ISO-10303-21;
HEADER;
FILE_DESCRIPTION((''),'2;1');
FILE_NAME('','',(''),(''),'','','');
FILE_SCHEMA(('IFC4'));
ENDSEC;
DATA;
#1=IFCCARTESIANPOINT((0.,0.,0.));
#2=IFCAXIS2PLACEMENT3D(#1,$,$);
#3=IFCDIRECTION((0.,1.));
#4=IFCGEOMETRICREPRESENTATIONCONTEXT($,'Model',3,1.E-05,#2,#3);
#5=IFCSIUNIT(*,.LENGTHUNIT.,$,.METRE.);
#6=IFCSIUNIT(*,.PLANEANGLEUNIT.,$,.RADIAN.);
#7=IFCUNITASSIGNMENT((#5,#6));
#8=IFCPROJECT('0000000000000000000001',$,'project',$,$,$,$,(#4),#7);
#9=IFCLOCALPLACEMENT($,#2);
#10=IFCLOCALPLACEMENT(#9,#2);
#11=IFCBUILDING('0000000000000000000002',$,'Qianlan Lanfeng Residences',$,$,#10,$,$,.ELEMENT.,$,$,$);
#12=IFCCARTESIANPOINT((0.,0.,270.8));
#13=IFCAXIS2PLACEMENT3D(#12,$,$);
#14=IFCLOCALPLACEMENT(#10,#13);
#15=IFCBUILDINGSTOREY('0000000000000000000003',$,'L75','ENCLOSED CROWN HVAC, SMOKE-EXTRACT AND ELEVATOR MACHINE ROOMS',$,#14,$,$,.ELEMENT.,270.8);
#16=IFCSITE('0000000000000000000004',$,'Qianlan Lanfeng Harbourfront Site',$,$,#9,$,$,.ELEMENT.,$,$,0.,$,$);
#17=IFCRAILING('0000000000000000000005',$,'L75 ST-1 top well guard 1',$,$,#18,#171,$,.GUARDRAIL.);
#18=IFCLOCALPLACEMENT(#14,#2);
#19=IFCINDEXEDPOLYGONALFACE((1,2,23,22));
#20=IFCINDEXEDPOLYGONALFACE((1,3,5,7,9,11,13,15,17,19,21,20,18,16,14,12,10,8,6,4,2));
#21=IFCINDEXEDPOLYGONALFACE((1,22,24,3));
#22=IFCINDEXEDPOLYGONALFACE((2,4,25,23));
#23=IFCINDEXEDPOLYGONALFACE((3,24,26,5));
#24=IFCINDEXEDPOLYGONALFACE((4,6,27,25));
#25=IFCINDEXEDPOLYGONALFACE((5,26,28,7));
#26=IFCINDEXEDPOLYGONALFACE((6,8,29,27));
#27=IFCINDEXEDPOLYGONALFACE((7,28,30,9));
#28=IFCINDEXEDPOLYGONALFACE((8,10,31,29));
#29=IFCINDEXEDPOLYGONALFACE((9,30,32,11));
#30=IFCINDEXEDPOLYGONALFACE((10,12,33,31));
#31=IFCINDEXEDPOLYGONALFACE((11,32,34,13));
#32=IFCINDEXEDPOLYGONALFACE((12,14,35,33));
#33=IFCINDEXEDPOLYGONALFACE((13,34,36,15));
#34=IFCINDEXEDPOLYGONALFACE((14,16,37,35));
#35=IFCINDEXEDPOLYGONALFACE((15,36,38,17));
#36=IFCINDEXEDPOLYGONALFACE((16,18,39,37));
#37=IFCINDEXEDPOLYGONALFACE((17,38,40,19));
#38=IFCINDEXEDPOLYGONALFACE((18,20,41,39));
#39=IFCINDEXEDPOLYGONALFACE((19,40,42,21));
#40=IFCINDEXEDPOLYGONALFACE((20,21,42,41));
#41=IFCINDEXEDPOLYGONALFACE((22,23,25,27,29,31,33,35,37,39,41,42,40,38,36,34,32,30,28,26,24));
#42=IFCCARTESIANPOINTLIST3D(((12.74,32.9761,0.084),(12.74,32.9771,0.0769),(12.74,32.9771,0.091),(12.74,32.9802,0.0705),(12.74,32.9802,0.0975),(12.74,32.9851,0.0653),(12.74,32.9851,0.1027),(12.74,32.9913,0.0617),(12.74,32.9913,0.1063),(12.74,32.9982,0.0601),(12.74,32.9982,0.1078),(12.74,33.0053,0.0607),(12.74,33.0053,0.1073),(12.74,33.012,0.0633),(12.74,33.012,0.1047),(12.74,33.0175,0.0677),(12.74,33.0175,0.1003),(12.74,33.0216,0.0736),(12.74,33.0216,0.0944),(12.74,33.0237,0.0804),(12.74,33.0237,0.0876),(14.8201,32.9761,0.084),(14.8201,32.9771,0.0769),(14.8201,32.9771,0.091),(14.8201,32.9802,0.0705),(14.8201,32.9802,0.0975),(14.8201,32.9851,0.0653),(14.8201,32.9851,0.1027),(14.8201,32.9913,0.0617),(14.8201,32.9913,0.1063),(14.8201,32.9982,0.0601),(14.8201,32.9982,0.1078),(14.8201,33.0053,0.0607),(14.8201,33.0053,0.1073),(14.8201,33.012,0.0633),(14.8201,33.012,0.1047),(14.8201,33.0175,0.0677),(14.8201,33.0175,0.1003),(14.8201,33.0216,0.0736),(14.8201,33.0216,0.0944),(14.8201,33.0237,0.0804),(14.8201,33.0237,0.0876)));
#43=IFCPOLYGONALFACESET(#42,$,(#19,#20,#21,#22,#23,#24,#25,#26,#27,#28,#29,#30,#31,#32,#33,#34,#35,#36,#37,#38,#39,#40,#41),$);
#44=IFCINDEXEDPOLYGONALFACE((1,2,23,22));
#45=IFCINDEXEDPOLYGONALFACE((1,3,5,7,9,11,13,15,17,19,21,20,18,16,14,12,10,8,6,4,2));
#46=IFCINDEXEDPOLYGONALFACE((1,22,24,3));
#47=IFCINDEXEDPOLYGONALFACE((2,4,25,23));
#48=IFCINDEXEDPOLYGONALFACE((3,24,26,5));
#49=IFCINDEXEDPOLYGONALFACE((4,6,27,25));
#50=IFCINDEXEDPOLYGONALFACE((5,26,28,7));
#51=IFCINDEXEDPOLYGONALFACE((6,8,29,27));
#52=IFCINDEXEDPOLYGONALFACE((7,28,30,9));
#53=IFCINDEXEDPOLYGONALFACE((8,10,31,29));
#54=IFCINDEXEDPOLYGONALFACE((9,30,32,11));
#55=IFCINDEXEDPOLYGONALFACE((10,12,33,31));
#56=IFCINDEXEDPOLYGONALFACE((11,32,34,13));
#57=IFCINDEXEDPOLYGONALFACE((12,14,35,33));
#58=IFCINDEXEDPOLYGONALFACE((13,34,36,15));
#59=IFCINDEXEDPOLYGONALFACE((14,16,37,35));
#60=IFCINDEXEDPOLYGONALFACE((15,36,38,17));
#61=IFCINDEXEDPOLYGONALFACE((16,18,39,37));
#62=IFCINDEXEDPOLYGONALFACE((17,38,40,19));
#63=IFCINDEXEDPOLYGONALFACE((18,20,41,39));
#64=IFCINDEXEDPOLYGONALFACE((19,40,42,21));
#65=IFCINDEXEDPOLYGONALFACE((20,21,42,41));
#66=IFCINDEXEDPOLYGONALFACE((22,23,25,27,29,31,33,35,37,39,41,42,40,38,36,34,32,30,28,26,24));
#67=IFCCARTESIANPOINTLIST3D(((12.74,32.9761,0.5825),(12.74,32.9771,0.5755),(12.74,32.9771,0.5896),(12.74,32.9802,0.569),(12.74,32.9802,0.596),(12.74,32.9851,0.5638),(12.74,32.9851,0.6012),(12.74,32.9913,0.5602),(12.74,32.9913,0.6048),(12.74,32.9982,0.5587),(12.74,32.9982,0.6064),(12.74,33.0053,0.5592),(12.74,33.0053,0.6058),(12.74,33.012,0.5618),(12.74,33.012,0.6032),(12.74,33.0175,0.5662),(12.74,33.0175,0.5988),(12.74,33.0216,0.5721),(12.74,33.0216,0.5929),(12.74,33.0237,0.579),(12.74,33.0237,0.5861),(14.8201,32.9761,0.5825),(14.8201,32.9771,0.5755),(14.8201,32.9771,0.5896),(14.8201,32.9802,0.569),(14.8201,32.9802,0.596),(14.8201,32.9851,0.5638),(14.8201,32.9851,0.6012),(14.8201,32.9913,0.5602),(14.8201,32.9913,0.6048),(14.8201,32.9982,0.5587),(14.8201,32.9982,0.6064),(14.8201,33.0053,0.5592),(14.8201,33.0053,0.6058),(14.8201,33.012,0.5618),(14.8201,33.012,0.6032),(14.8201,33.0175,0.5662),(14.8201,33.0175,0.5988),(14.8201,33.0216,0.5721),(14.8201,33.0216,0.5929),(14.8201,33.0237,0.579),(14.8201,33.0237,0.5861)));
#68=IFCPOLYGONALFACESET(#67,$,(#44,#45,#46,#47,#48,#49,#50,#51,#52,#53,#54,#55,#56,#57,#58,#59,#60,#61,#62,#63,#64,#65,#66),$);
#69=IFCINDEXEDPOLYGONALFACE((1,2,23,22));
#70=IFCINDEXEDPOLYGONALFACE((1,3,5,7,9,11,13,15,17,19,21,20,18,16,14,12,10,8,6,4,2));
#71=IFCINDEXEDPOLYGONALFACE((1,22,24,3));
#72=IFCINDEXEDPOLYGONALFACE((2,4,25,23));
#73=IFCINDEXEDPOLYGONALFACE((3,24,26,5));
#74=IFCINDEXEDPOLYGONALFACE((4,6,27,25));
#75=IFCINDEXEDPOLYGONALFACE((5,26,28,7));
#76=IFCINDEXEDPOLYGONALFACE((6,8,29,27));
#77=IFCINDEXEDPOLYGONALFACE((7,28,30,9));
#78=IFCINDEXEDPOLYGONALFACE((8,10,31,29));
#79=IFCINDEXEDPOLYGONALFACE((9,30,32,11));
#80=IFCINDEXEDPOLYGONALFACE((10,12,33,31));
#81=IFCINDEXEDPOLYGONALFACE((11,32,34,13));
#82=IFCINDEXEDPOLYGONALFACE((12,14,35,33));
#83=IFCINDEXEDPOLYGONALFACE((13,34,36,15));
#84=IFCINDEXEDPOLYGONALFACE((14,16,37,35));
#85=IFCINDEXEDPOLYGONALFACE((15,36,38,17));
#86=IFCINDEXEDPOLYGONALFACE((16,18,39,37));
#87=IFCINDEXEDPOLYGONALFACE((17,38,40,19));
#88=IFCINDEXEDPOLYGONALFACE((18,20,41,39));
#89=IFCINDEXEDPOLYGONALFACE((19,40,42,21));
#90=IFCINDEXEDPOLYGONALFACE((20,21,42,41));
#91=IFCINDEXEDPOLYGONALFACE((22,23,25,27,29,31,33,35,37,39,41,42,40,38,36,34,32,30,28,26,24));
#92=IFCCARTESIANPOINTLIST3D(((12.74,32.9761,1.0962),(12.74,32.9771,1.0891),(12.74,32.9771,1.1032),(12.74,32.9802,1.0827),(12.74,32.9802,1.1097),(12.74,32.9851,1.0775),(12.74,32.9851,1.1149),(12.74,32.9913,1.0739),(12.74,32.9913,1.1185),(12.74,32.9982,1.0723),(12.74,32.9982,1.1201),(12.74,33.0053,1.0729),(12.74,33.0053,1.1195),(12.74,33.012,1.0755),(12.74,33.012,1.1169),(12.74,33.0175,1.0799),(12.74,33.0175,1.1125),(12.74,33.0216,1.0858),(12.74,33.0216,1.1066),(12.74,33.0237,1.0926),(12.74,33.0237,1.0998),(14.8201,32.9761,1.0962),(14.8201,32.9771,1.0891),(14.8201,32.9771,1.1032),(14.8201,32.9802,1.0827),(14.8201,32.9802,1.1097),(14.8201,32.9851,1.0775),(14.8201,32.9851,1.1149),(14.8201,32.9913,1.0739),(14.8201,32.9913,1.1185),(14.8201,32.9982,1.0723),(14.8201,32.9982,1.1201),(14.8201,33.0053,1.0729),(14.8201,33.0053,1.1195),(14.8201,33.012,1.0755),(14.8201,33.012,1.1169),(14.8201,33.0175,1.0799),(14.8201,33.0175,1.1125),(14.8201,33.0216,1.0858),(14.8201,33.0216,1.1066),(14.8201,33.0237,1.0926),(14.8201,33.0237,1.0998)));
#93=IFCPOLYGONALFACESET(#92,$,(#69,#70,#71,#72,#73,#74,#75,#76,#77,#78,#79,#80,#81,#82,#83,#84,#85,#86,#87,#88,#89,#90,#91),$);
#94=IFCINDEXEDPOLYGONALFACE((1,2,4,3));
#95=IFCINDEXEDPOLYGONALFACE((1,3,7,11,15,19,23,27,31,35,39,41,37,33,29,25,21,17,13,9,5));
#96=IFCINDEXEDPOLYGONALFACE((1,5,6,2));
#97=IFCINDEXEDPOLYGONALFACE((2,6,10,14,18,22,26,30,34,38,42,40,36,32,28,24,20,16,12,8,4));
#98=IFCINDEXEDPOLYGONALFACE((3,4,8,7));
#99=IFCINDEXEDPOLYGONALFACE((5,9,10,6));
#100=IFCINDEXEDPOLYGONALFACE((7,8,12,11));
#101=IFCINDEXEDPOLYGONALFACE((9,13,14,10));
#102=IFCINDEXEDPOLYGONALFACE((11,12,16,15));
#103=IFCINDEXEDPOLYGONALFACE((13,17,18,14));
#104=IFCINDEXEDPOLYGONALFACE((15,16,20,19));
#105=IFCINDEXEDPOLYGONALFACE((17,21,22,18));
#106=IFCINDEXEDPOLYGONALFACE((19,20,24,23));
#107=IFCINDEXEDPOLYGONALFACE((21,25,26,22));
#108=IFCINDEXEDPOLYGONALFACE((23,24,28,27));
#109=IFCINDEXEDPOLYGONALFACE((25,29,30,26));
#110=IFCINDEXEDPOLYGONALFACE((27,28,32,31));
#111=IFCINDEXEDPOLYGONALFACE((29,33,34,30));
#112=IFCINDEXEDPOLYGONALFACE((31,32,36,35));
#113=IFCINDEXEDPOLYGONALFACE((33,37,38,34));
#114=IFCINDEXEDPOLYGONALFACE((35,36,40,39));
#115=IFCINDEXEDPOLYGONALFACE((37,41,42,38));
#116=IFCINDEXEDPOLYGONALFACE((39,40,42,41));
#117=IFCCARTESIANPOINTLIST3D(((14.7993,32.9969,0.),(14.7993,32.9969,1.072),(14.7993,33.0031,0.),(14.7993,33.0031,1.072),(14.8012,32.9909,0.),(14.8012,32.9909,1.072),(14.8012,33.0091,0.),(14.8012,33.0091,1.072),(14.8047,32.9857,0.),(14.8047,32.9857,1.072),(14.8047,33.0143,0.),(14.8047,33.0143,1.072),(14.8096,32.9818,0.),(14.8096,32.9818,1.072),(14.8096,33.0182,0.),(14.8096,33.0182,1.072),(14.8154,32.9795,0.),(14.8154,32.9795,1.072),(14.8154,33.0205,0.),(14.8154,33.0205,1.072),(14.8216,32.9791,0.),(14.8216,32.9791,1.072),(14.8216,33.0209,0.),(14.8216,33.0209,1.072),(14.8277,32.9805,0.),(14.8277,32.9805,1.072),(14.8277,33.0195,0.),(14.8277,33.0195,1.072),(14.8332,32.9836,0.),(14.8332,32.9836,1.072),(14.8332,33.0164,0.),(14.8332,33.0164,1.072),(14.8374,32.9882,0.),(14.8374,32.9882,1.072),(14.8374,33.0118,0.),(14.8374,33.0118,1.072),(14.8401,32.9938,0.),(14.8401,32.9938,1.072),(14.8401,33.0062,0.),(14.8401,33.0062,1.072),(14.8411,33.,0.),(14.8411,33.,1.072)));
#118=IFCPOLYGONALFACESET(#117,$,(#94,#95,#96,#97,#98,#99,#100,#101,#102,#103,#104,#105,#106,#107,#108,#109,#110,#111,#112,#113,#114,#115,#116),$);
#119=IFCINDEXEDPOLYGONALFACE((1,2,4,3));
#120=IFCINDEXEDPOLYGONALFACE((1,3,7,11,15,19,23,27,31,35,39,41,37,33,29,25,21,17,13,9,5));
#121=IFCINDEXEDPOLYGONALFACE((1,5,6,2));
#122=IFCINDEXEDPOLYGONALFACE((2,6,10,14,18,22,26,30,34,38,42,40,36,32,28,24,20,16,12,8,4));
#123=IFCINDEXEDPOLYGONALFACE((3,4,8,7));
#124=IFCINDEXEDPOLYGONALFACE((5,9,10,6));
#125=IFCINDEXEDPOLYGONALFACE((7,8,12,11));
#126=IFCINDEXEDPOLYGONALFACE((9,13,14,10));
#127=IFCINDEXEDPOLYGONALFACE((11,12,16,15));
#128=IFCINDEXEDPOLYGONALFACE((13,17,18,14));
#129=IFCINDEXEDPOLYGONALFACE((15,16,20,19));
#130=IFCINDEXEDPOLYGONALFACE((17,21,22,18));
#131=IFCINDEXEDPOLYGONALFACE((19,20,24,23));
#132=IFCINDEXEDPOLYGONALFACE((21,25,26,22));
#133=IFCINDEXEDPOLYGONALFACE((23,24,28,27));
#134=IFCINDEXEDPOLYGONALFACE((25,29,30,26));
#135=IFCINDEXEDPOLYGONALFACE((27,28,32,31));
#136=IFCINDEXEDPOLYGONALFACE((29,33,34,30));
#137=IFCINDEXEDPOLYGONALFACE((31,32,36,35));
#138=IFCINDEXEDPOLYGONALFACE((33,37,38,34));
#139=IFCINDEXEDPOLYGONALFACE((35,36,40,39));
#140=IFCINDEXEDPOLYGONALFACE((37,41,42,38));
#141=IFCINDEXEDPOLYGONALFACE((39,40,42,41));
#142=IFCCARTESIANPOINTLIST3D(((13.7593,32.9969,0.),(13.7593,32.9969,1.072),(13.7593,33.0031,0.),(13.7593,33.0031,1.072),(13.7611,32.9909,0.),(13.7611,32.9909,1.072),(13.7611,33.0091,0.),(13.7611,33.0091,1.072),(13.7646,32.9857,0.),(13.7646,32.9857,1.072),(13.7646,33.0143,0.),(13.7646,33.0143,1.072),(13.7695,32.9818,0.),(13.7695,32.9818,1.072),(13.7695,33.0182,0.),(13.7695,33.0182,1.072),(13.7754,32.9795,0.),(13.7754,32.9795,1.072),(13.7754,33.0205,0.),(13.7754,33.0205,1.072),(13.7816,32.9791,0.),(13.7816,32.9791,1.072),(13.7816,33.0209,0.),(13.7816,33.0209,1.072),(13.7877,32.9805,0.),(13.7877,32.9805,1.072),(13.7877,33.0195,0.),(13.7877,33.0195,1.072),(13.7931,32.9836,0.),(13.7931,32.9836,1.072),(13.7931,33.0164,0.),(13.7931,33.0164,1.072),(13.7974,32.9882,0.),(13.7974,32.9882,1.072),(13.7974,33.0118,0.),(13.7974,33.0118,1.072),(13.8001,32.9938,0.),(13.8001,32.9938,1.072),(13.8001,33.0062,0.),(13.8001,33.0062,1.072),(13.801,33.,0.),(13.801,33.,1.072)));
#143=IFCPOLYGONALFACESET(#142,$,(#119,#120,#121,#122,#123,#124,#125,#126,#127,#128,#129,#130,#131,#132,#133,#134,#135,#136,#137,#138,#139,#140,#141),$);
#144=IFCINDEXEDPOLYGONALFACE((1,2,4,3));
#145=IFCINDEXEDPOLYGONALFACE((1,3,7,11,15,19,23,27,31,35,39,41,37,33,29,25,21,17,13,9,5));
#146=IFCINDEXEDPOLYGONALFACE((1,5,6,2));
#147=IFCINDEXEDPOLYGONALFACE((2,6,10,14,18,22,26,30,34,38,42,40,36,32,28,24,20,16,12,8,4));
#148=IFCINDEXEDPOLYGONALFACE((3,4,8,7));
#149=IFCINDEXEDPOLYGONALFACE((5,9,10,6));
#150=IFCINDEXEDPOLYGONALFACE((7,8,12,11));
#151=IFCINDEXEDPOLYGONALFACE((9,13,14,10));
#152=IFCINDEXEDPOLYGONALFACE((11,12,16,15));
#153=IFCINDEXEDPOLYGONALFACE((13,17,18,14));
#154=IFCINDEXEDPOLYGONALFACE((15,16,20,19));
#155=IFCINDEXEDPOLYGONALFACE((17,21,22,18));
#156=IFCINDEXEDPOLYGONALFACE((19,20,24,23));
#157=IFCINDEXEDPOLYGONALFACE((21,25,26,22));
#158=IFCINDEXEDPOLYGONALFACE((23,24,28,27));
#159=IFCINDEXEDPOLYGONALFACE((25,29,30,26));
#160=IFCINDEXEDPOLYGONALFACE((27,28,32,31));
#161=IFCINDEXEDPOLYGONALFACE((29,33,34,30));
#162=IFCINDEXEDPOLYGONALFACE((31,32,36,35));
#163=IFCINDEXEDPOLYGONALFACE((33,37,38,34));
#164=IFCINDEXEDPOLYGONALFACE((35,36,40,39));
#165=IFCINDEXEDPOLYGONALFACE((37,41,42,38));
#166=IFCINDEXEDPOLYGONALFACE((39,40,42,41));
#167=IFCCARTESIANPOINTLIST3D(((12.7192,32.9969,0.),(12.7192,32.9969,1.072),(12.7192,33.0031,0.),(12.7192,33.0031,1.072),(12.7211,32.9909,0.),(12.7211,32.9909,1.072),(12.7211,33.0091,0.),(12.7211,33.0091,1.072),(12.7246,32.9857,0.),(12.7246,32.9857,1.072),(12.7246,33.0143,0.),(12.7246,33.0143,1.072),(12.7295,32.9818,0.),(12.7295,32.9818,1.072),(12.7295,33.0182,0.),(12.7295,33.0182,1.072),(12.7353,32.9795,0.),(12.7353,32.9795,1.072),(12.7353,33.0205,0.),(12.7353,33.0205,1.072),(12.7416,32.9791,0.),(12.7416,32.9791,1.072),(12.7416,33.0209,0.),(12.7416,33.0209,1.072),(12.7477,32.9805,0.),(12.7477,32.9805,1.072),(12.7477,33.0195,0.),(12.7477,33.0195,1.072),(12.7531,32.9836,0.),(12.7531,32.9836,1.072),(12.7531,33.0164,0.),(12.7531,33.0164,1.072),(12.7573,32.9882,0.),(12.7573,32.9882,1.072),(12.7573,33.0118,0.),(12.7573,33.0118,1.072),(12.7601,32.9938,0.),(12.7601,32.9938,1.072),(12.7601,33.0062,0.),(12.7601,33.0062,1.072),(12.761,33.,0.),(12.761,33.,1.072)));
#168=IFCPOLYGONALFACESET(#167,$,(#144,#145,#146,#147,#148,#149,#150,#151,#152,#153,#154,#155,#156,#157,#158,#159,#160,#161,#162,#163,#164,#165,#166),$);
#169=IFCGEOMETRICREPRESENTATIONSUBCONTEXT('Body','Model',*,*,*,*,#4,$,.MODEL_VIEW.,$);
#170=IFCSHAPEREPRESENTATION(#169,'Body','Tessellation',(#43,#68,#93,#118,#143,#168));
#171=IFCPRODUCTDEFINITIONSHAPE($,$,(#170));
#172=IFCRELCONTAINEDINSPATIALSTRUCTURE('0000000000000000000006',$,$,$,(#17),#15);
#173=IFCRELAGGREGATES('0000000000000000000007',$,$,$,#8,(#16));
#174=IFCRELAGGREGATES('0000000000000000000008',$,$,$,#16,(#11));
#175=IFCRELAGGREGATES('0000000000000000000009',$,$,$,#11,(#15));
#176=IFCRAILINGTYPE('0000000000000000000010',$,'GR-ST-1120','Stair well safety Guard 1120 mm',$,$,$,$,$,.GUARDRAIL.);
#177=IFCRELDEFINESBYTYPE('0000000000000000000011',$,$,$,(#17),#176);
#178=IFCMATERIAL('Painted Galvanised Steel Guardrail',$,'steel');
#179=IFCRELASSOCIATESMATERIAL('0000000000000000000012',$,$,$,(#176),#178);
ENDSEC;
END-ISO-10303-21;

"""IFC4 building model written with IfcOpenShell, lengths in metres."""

from ifc_helpers import new_model, si_unit, direction, frame, origin, origin_2d, place, context, subcontext, project, spatial, circle, extrude, material, type_object, element, save


model = new_model("IFC4")

# Units and contexts
model_context = context("Model", 3, precision=1e-05, world=origin(), true_north=direction((0.0, 1.0)))
body_context = subcontext(model_context, "Body", "Model", "MODEL_VIEW")
ifc_project = project(units=[si_unit("LENGTHUNIT", "METRE"), si_unit("PLANEANGLEUNIT", "RADIAN")], contexts=[model_context])

# Site, building, storey
site_placement = place(None, origin())
site = spatial("IfcSite", under=ifc_project, at=site_placement, Name="Qianlan Lanfeng Harbourfront Site", CompositionType="ELEMENT", RefElevation=0.0)
building_placement = place(site_placement, origin())
building = spatial("IfcBuilding", under=site, at=building_placement, Name="Qianlan Lanfeng Residences", CompositionType="ELEMENT")
storey_placement = place(building_placement, frame((0.0, 0.0, 270.8)))
storey = spatial("IfcBuildingStorey", under=building, at=storey_placement, Name="L75", Description="ENCLOSED CROWN HVAC, SMOKE-EXTRACT AND ELEVATOR MACHINE ROOMS", CompositionType="ELEMENT", Elevation=270.8)

# Railing
ifc_material_1 = material(Name="Painted Galvanised Steel Guardrail", Category="steel")
railing_type = type_object("IfcRailingType", Name="GR-ST-1120", Description="Stair well safety Guard 1120 mm", PredefinedType="GUARDRAIL", material=ifc_material_1)
railing_placement = place(storey_placement, frame((14.8201, 33.0, 0.0)))
element("IfcRailing", 1, at=railing_placement, inside=storey, type_object=railing_type, Name="L75 ST-1 top well guard 1", PredefinedType="GUARDRAIL", context=body_context, shape_type="SweptSolid", body=[
    extrude(circle(Radius=0.0239, at=origin_2d()), frame((0.0, 0.0, 0.084), z_axis=(-1.0, 0.0, 0.0), x_axis=(0.0, -1.0, 0.0)), (0.0, 0.0, 1.0), 2.0801),
    extrude(circle(Radius=0.0239, at=origin_2d()), frame((0.0, 0.0, 0.5825), z_axis=(-1.0, 0.0, 0.0), x_axis=(0.0, -1.0, 0.0)), (0.0, 0.0, 1.0), 2.0801),
    extrude(circle(Radius=0.0239, at=origin_2d()), frame((0.0, 0.0, 1.0962), z_axis=(-1.0, 0.0, 0.0), x_axis=(0.0, -1.0, 0.0)), (0.0, 0.0, 1.0), 2.0801),
    extrude(circle(Radius=0.021, at=origin_2d()), origin(), (0.0, 0.0, 1.0), 1.072),
    extrude(circle(Radius=0.021, at=origin_2d()), frame((-1.04, 0.0, 0.0)), (0.0, 0.0, 1.0), 1.072),
    extrude(circle(Radius=0.021, at=origin_2d()), frame((-2.0801, 0.0, 0.0)), (0.0, 0.0, 1.0), 1.072),
])

save(model, "model.ifc")
